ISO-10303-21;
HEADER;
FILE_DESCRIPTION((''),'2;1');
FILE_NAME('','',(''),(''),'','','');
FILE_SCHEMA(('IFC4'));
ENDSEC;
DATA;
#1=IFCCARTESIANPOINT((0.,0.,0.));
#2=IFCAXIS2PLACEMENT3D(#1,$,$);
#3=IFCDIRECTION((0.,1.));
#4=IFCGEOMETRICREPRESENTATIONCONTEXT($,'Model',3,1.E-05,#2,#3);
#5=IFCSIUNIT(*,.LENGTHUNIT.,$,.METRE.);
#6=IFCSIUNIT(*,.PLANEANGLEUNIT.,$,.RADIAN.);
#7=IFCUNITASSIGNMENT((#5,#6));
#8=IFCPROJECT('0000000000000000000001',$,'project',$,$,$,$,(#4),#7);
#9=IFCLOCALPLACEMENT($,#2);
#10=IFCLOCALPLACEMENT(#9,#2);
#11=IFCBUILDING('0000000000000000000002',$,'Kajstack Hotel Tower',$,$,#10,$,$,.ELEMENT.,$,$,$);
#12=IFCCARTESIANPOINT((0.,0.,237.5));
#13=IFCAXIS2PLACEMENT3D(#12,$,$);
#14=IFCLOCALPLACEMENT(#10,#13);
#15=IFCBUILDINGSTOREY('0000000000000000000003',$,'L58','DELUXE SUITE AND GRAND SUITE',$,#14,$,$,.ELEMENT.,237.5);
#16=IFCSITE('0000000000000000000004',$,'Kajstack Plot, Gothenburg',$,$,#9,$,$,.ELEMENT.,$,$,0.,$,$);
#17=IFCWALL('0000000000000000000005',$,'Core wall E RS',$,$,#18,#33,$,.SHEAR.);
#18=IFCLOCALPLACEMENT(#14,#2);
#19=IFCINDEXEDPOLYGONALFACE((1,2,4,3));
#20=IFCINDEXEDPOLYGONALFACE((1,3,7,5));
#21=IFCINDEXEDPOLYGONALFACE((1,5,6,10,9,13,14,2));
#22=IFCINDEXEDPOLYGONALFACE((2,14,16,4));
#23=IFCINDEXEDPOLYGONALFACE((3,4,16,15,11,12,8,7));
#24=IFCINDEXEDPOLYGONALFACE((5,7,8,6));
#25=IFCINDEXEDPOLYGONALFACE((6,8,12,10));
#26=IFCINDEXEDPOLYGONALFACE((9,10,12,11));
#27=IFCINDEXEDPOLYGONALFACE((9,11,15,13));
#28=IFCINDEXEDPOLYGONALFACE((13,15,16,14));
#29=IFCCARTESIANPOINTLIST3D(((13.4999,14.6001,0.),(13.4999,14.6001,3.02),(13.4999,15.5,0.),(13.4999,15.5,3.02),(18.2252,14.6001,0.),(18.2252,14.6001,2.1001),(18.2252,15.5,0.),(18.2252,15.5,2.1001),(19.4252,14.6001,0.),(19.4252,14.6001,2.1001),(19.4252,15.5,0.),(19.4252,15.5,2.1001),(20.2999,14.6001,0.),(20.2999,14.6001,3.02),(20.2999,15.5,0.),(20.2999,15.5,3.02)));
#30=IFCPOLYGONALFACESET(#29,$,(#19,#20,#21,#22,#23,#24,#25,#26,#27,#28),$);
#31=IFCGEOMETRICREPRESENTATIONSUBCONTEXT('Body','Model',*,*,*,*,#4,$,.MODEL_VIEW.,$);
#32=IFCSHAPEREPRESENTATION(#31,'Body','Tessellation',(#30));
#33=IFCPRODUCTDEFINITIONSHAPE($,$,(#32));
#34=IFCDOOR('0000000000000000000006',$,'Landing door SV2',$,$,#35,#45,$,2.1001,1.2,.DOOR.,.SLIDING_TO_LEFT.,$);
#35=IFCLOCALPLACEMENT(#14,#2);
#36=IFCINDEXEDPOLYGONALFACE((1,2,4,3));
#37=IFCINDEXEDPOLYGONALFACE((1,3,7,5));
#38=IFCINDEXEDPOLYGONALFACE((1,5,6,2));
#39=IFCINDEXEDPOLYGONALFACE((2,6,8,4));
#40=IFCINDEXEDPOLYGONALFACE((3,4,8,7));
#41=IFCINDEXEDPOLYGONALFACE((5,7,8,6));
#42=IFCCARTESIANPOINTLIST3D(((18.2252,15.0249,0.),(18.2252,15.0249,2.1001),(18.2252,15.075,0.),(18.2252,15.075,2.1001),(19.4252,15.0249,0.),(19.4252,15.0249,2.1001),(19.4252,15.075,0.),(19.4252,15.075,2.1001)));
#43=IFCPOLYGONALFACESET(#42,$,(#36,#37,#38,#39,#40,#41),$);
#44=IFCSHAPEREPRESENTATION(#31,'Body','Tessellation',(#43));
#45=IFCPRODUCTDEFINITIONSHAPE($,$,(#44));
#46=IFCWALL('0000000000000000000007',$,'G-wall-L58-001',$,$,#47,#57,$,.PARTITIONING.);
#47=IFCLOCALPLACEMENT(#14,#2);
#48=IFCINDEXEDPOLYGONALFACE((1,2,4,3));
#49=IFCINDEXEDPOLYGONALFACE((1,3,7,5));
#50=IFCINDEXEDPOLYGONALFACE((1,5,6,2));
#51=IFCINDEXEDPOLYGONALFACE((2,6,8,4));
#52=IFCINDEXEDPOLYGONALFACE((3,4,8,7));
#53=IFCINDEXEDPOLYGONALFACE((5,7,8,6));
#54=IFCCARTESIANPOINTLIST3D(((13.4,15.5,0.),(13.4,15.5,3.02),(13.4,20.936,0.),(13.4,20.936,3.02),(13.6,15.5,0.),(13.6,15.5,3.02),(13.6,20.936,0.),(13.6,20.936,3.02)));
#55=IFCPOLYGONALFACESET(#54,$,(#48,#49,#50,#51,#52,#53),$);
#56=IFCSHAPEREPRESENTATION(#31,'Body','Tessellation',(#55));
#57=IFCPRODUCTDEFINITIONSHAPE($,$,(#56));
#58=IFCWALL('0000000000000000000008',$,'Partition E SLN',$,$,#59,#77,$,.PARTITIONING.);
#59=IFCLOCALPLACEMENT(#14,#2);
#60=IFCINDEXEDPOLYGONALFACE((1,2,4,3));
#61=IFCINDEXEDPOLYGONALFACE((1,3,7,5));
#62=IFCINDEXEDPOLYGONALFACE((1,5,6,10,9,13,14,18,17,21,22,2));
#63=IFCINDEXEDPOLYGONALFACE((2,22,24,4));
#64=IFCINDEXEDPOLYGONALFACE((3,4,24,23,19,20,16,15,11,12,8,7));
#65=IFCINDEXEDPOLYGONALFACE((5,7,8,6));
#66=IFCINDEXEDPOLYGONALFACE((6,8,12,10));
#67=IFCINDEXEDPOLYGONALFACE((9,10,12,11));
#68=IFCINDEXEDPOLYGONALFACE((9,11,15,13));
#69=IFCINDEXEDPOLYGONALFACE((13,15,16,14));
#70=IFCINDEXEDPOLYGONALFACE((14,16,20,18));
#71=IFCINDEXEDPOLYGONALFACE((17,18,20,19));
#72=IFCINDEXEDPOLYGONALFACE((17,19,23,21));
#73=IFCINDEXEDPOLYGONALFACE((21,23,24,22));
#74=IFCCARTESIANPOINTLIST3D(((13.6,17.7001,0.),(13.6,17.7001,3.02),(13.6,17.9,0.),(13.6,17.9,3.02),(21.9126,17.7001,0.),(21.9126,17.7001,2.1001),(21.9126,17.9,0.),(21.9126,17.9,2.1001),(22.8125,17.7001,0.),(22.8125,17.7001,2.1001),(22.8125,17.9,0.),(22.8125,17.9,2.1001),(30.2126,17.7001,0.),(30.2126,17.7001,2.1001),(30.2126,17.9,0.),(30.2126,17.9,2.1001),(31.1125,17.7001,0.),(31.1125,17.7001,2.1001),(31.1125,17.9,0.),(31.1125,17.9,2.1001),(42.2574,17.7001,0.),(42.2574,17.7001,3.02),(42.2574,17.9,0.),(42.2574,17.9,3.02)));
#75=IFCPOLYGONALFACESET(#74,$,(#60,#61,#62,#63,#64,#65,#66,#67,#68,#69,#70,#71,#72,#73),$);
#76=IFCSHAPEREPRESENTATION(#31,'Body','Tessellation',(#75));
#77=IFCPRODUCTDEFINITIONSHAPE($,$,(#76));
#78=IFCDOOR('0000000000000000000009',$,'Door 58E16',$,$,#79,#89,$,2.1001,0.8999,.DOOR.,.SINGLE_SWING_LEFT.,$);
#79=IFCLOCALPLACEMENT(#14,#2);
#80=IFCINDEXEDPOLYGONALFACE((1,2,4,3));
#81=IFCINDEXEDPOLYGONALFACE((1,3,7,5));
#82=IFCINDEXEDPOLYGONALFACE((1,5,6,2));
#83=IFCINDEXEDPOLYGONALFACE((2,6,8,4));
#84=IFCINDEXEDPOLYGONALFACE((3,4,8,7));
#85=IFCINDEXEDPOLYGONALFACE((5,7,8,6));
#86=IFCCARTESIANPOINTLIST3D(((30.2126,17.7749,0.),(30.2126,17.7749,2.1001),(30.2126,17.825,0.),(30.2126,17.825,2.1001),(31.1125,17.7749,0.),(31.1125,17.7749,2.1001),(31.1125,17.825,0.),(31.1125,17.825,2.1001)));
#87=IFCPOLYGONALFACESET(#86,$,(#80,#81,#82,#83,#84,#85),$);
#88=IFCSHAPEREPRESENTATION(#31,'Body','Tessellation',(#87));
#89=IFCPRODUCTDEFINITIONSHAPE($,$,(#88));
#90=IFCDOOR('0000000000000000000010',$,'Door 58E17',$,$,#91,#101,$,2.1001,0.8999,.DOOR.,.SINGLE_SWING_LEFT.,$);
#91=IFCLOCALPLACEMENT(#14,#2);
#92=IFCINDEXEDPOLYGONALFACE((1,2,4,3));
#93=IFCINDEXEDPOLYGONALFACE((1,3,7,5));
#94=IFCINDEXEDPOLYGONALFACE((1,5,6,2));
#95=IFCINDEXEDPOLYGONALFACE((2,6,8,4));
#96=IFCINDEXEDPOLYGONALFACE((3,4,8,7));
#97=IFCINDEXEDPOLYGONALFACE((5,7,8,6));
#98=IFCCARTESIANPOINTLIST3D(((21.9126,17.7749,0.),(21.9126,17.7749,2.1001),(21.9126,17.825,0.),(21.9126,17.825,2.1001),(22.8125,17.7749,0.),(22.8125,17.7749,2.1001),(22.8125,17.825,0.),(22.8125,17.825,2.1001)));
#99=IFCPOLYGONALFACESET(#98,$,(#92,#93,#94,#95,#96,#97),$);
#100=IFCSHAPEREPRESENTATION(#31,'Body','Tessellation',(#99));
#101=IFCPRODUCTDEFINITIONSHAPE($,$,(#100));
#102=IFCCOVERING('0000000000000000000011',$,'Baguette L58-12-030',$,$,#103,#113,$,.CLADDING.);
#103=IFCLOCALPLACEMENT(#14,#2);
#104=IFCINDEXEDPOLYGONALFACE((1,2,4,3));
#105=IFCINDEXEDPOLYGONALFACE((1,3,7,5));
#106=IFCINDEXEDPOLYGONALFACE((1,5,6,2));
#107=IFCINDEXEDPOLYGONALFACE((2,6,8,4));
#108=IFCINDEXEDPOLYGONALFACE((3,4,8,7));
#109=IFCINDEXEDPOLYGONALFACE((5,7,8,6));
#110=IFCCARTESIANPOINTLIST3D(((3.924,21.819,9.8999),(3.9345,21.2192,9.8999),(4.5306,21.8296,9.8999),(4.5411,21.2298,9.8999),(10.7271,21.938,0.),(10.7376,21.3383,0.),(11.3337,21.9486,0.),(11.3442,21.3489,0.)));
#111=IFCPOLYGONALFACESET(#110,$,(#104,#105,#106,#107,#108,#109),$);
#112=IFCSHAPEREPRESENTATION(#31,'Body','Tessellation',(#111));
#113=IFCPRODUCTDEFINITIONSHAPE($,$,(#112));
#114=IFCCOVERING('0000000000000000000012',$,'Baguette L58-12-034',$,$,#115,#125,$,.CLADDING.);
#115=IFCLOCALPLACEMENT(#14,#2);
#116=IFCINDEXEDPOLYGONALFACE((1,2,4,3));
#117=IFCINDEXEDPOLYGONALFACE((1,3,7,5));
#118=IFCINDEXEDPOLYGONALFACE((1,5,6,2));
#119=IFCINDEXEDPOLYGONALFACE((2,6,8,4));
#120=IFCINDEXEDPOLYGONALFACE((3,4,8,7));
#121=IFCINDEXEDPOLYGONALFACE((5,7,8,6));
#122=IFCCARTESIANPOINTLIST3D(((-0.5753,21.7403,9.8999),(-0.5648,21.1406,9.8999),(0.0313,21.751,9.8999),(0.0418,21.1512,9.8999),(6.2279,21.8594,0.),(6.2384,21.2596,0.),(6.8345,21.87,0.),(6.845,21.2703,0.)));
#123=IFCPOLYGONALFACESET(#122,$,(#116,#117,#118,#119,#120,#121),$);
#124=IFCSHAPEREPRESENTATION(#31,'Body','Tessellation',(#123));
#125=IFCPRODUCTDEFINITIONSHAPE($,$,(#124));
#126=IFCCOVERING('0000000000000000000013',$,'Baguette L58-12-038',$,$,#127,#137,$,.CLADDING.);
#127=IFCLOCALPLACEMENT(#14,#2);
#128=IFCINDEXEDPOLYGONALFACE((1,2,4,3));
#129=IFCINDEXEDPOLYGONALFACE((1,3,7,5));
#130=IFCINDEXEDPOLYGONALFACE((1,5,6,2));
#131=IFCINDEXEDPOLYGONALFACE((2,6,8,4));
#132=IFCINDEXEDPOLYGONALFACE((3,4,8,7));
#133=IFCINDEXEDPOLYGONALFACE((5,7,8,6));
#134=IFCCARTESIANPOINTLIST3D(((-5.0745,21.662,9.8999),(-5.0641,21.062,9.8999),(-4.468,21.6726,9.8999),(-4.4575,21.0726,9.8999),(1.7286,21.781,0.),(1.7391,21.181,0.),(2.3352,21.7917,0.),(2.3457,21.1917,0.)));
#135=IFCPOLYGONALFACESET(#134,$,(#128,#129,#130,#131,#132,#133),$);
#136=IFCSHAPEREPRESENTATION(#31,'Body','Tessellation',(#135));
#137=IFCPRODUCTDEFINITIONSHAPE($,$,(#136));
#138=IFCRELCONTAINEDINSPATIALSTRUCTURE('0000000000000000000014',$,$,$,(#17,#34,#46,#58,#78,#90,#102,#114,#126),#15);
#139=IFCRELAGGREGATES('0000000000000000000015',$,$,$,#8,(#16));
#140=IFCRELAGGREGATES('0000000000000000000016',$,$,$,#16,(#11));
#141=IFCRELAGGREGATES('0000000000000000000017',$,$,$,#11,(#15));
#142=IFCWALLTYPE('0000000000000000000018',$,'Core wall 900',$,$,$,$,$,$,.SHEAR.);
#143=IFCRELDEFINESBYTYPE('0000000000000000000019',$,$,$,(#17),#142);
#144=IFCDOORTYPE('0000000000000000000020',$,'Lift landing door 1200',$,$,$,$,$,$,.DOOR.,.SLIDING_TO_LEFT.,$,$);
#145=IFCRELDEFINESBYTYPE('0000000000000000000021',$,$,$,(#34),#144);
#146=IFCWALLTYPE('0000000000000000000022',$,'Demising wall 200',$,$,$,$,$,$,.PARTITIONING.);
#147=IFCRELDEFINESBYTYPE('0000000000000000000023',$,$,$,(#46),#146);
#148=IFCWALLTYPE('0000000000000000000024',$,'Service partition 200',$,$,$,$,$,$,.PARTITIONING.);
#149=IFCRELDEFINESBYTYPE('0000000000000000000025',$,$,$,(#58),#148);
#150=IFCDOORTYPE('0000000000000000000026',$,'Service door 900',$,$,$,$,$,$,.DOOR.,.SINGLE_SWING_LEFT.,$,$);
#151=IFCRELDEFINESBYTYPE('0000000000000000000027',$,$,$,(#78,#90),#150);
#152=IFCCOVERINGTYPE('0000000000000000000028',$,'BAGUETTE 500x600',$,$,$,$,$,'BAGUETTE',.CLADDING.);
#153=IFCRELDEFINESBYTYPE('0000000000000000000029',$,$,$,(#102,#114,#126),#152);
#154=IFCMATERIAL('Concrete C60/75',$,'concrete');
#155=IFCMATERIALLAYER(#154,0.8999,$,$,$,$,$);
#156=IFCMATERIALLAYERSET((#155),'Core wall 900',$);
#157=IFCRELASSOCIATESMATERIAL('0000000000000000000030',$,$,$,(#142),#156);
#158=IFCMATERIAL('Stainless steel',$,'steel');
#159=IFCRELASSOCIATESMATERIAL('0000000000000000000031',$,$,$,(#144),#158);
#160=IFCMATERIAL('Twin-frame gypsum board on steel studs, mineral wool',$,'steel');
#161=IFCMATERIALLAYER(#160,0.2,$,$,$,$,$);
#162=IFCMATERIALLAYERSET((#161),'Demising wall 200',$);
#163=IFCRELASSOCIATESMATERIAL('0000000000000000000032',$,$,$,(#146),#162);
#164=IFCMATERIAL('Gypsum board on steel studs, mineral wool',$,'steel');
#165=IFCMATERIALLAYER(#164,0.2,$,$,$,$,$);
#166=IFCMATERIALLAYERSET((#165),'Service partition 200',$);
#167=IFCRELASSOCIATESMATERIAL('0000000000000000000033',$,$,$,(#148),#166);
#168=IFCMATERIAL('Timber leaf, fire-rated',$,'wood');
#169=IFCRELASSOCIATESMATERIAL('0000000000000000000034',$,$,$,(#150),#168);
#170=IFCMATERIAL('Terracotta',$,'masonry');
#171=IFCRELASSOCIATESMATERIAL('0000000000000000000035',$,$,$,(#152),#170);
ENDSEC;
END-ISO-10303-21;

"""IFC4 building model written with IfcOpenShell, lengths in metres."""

from ifc_helpers import new_model, si_unit, direction, frame, frame_2d, origin, origin_2d, place, context, subcontext, project, spatial, polyline, rectangle, outline, extrude, material, layer, layer_set, material_profile, profile_set, type_object, element, fill, save


model = new_model("IFC4")

# Units and contexts
model_context = context("Model", 3, precision=1e-05, world=origin(), true_north=direction((0.0, 1.0)))
body_context = subcontext(model_context, "Body", "Model", "MODEL_VIEW")
ifc_project = project(units=[si_unit("LENGTHUNIT", "METRE"), si_unit("PLANEANGLEUNIT", "RADIAN")], contexts=[model_context])

# Site, building, storey
site_placement = place(None, origin())
site = spatial("IfcSite", under=ifc_project, at=site_placement, Name="Kajstack Plot, Gothenburg", CompositionType="ELEMENT", RefElevation=0.0)
building_placement = place(site_placement, origin())
building = spatial("IfcBuilding", under=site, at=building_placement, Name="Kajstack Hotel Tower", CompositionType="ELEMENT")
storey_placement = place(building_placement, frame((0.0, 0.0, 237.5)))
storey = spatial("IfcBuildingStorey", under=building, at=storey_placement, Name="L58", Description="DELUXE SUITE AND GRAND SUITE", CompositionType="ELEMENT", Elevation=237.5)

# Wall, opening, door
ifc_material_1 = material(Name="Concrete C60/75", Category="concrete")
ifc_layer_1 = layer(ifc_material_1, 0.8999)
ifc_layer_set_1 = layer_set([ifc_layer_1], Name="Core wall 900")
wall_type_1 = type_object("IfcWallType", Name="Core wall 900", PredefinedType="SHEAR", material=ifc_layer_set_1)
wall_1_placement = place(storey_placement, frame((13.5, 15.05, 0.0), z_axis=(0.0, 0.0, 1.0), x_axis=(1.0, 0.0, 0.0)))
wall_1 = element("IfcWall", 1, at=wall_1_placement, inside=storey, type_object=wall_type_1, Name="Core wall E RS", PredefinedType="SHEAR", context=body_context, shape_type="SweptSolid", body=[
    extrude(rectangle(XDim=6.8, YDim=0.8999, at=frame_2d((3.3999, 0.0))), origin(), (0.0, 0.0, 1.0), 3.02),
])
opening_1_placement = place(wall_1_placement, frame((4.7251, 0.0, 0.0)))
opening_1 = element("IfcOpeningElement", 2, at=opening_1_placement, cuts=wall_1, PredefinedType="OPENING", context=body_context, shape_type="SweptSolid", body=[
    extrude(rectangle(XDim=1.2, YDim=2.1001, at=frame_2d((0.6001, 1.05))), frame((0.0, 0.46, 0.0), z_axis=(0.0, -1.0, 0.0), x_axis=(1.0, 0.0, 0.0)), (0.0, 0.0, 1.0), 0.9199),
])
ifc_material_2 = material(Name="Stainless steel", Category="steel")
door_type_1 = type_object("IfcDoorType", Name="Lift landing door 1200", OperationType="SLIDING_TO_LEFT", PredefinedType="DOOR", material=ifc_material_2)
door_1_placement = place(opening_1_placement, origin())
door_1 = element("IfcDoor", 3, at=door_1_placement, inside=storey, type_object=door_type_1, Name="Landing door SV2", OperationType="SLIDING_TO_LEFT", OverallHeight=2.1001, OverallWidth=1.2, PredefinedType="DOOR", context=body_context, shape_type="SweptSolid", body=[
    extrude(rectangle(XDim=1.2, YDim=2.1001, at=frame_2d((0.6001, 1.05))), frame((0.0, 0.0249, 0.0), z_axis=(0.0, -1.0, 0.0), x_axis=(1.0, 0.0, 0.0)), (0.0, 0.0, 1.0), 0.05),
])
fill(opening_1, door_1)

# Wall
ifc_material_3 = material(Name="Twin-frame gypsum board on steel studs, mineral wool", Category="steel")
ifc_layer_2 = layer(ifc_material_3, 0.2)
ifc_layer_set_2 = layer_set([ifc_layer_2], Name="Demising wall 200")
wall_type_2 = type_object("IfcWallType", Name="Demising wall 200", PredefinedType="PARTITIONING", material=ifc_layer_set_2)
wall_2_placement = place(storey_placement, frame((13.5, 15.5, 0.0), z_axis=(0.0, 0.0, 1.0), x_axis=(0.0, 1.0, 0.0)))
element("IfcWall", 4, at=wall_2_placement, inside=storey, type_object=wall_type_2, Name="G-wall-L58-001", PredefinedType="PARTITIONING", context=body_context, shape_type="SweptSolid", body=[
    extrude(rectangle(XDim=5.436, YDim=0.2, at=frame_2d((2.718, 0.0))), origin(), (0.0, 0.0, 1.0), 3.02),
])

# Wall, openings, doors
ifc_material_4 = material(Name="Gypsum board on steel studs, mineral wool", Category="steel")
ifc_layer_3 = layer(ifc_material_4, 0.2)
ifc_layer_set_3 = layer_set([ifc_layer_3], Name="Service partition 200")
wall_type_3 = type_object("IfcWallType", Name="Service partition 200", PredefinedType="PARTITIONING", material=ifc_layer_set_3)
wall_3_placement = place(storey_placement, frame((13.6001, 17.8, 0.0), z_axis=(0.0, 0.0, 1.0), x_axis=(1.0, 0.0, 0.0)))
wall_3 = element("IfcWall", 5, at=wall_3_placement, inside=storey, type_object=wall_type_3, Name="Partition E SLN", PredefinedType="PARTITIONING", context=body_context, shape_type="SweptSolid", body=[
    extrude(rectangle(XDim=28.6575, YDim=0.2, at=frame_2d((14.3286, 0.0))), origin(), (0.0, 0.0, 1.0), 3.02),
])
opening_2_placement = place(wall_3_placement, frame((16.6125, 0.0, 0.0)))
opening_2 = element("IfcOpeningElement", 6, at=opening_2_placement, cuts=wall_3, PredefinedType="OPENING", context=body_context, shape_type="SweptSolid", body=[
    extrude(rectangle(XDim=0.8999, YDim=2.1001, at=frame_2d((0.45, 1.05))), frame((0.0, 0.1099, 0.0), z_axis=(0.0, -1.0, 0.0), x_axis=(1.0, 0.0, 0.0)), (0.0, 0.0, 1.0), 0.22),
])
opening_3_placement = place(wall_3_placement, frame((8.3125, 0.0, 0.0)))
opening_3 = element("IfcOpeningElement", 7, at=opening_3_placement, cuts=wall_3, PredefinedType="OPENING", context=body_context, shape_type="SweptSolid", body=[
    extrude(rectangle(XDim=0.8999, YDim=2.1001, at=frame_2d((0.45, 1.05))), frame((0.0, 0.1099, 0.0), z_axis=(0.0, -1.0, 0.0), x_axis=(1.0, 0.0, 0.0)), (0.0, 0.0, 1.0), 0.22),
])
ifc_material_5 = material(Name="Timber leaf, fire-rated", Category="wood")
door_type_2 = type_object("IfcDoorType", Name="Service door 900", OperationType="SINGLE_SWING_LEFT", PredefinedType="DOOR", material=ifc_material_5)
door_2_placement = place(opening_2_placement, origin())
door_2 = element("IfcDoor", 8, at=door_2_placement, inside=storey, type_object=door_type_2, Name="Door 58E16", OperationType="SINGLE_SWING_LEFT", OverallHeight=2.1001, OverallWidth=0.8999, PredefinedType="DOOR", context=body_context, shape_type="SweptSolid", body=[
    extrude(rectangle(XDim=0.8999, YDim=2.1001, at=frame_2d((0.45, 1.05))), frame((0.0, 0.0249, 0.0), z_axis=(0.0, -1.0, 0.0), x_axis=(1.0, 0.0, 0.0)), (0.0, 0.0, 1.0), 0.05),
])
fill(opening_2, door_2)
door_3_placement = place(opening_3_placement, origin())
door_3 = element("IfcDoor", 9, at=door_3_placement, inside=storey, type_object=door_type_2, Name="Door 58E17", OperationType="SINGLE_SWING_LEFT", OverallHeight=2.1001, OverallWidth=0.8999, PredefinedType="DOOR", context=body_context, shape_type="SweptSolid", body=[
    extrude(rectangle(XDim=0.8999, YDim=2.1001, at=frame_2d((0.45, 1.05))), frame((0.0, 0.0249, 0.0), z_axis=(0.0, -1.0, 0.0), x_axis=(1.0, 0.0, 0.0)), (0.0, 0.0, 1.0), 0.05),
])
fill(opening_3, door_3)

# Coverings
ifc_material_6 = material(Name="Terracotta", Category="masonry")
ifc_material_profile = material_profile(ifc_material_6, rectangle(XDim=0.6001, YDim=0.5, at=origin_2d()), Name="Terracotta-clad concrete baguette 500 x 600")
ifc_profile_set = profile_set([ifc_material_profile], Name="Terracotta")
covering_type = type_object("IfcCoveringType", Name="BAGUETTE 500x600", ElementType="BAGUETTE", PredefinedType="CLADDING", material=ifc_profile_set)
for number, where, z_axis, x_axis, name in (
    (10, (11.3442, 21.3489, 0.0), (-0.017498, 0.999847, 0.0), (-0.999847, -0.017498, 0.0), "Baguette L58-12-030"),
    (11, (6.845, 21.2703, 0.0), (-0.017498, 0.999847, 0.0), (-0.999847, -0.017498, 0.0), "Baguette L58-12-034"),
):
    element("IfcCovering", number, at=place(storey_placement, frame(where, z_axis=z_axis, x_axis=x_axis)), inside=storey, type_object=covering_type, Name=name, PredefinedType="CLADDING", context=body_context, shape_type="SweptSolid", body=[
        extrude(outline(polyline([(6.8042, 9.8999), (0.0, 0.0), (0.6067, 0.0), (7.4109, 9.8999), (6.8042, 9.8999)])), origin(), (0.0, 0.0, 1.0), 0.5999),
    ])
covering_placement = place(storey_placement, frame((2.3457, 21.1917, 0.0), z_axis=(-0.017491, 0.999847, 0.0), x_axis=(-0.999847, -0.017491, 0.0)))
element("IfcCovering", 12, at=covering_placement, inside=storey, type_object=covering_type, Name="Baguette L58-12-038", PredefinedType="CLADDING", context=body_context, shape_type="SweptSolid", body=[
    extrude(outline(polyline([(6.8042, 9.8999), (0.0, 0.0), (0.6067, 0.0), (7.4109, 9.8999), (6.8042, 9.8999)])), origin(), (0.0, 0.0, 1.0), 0.6001),
])

save(model, "model.ifc")
